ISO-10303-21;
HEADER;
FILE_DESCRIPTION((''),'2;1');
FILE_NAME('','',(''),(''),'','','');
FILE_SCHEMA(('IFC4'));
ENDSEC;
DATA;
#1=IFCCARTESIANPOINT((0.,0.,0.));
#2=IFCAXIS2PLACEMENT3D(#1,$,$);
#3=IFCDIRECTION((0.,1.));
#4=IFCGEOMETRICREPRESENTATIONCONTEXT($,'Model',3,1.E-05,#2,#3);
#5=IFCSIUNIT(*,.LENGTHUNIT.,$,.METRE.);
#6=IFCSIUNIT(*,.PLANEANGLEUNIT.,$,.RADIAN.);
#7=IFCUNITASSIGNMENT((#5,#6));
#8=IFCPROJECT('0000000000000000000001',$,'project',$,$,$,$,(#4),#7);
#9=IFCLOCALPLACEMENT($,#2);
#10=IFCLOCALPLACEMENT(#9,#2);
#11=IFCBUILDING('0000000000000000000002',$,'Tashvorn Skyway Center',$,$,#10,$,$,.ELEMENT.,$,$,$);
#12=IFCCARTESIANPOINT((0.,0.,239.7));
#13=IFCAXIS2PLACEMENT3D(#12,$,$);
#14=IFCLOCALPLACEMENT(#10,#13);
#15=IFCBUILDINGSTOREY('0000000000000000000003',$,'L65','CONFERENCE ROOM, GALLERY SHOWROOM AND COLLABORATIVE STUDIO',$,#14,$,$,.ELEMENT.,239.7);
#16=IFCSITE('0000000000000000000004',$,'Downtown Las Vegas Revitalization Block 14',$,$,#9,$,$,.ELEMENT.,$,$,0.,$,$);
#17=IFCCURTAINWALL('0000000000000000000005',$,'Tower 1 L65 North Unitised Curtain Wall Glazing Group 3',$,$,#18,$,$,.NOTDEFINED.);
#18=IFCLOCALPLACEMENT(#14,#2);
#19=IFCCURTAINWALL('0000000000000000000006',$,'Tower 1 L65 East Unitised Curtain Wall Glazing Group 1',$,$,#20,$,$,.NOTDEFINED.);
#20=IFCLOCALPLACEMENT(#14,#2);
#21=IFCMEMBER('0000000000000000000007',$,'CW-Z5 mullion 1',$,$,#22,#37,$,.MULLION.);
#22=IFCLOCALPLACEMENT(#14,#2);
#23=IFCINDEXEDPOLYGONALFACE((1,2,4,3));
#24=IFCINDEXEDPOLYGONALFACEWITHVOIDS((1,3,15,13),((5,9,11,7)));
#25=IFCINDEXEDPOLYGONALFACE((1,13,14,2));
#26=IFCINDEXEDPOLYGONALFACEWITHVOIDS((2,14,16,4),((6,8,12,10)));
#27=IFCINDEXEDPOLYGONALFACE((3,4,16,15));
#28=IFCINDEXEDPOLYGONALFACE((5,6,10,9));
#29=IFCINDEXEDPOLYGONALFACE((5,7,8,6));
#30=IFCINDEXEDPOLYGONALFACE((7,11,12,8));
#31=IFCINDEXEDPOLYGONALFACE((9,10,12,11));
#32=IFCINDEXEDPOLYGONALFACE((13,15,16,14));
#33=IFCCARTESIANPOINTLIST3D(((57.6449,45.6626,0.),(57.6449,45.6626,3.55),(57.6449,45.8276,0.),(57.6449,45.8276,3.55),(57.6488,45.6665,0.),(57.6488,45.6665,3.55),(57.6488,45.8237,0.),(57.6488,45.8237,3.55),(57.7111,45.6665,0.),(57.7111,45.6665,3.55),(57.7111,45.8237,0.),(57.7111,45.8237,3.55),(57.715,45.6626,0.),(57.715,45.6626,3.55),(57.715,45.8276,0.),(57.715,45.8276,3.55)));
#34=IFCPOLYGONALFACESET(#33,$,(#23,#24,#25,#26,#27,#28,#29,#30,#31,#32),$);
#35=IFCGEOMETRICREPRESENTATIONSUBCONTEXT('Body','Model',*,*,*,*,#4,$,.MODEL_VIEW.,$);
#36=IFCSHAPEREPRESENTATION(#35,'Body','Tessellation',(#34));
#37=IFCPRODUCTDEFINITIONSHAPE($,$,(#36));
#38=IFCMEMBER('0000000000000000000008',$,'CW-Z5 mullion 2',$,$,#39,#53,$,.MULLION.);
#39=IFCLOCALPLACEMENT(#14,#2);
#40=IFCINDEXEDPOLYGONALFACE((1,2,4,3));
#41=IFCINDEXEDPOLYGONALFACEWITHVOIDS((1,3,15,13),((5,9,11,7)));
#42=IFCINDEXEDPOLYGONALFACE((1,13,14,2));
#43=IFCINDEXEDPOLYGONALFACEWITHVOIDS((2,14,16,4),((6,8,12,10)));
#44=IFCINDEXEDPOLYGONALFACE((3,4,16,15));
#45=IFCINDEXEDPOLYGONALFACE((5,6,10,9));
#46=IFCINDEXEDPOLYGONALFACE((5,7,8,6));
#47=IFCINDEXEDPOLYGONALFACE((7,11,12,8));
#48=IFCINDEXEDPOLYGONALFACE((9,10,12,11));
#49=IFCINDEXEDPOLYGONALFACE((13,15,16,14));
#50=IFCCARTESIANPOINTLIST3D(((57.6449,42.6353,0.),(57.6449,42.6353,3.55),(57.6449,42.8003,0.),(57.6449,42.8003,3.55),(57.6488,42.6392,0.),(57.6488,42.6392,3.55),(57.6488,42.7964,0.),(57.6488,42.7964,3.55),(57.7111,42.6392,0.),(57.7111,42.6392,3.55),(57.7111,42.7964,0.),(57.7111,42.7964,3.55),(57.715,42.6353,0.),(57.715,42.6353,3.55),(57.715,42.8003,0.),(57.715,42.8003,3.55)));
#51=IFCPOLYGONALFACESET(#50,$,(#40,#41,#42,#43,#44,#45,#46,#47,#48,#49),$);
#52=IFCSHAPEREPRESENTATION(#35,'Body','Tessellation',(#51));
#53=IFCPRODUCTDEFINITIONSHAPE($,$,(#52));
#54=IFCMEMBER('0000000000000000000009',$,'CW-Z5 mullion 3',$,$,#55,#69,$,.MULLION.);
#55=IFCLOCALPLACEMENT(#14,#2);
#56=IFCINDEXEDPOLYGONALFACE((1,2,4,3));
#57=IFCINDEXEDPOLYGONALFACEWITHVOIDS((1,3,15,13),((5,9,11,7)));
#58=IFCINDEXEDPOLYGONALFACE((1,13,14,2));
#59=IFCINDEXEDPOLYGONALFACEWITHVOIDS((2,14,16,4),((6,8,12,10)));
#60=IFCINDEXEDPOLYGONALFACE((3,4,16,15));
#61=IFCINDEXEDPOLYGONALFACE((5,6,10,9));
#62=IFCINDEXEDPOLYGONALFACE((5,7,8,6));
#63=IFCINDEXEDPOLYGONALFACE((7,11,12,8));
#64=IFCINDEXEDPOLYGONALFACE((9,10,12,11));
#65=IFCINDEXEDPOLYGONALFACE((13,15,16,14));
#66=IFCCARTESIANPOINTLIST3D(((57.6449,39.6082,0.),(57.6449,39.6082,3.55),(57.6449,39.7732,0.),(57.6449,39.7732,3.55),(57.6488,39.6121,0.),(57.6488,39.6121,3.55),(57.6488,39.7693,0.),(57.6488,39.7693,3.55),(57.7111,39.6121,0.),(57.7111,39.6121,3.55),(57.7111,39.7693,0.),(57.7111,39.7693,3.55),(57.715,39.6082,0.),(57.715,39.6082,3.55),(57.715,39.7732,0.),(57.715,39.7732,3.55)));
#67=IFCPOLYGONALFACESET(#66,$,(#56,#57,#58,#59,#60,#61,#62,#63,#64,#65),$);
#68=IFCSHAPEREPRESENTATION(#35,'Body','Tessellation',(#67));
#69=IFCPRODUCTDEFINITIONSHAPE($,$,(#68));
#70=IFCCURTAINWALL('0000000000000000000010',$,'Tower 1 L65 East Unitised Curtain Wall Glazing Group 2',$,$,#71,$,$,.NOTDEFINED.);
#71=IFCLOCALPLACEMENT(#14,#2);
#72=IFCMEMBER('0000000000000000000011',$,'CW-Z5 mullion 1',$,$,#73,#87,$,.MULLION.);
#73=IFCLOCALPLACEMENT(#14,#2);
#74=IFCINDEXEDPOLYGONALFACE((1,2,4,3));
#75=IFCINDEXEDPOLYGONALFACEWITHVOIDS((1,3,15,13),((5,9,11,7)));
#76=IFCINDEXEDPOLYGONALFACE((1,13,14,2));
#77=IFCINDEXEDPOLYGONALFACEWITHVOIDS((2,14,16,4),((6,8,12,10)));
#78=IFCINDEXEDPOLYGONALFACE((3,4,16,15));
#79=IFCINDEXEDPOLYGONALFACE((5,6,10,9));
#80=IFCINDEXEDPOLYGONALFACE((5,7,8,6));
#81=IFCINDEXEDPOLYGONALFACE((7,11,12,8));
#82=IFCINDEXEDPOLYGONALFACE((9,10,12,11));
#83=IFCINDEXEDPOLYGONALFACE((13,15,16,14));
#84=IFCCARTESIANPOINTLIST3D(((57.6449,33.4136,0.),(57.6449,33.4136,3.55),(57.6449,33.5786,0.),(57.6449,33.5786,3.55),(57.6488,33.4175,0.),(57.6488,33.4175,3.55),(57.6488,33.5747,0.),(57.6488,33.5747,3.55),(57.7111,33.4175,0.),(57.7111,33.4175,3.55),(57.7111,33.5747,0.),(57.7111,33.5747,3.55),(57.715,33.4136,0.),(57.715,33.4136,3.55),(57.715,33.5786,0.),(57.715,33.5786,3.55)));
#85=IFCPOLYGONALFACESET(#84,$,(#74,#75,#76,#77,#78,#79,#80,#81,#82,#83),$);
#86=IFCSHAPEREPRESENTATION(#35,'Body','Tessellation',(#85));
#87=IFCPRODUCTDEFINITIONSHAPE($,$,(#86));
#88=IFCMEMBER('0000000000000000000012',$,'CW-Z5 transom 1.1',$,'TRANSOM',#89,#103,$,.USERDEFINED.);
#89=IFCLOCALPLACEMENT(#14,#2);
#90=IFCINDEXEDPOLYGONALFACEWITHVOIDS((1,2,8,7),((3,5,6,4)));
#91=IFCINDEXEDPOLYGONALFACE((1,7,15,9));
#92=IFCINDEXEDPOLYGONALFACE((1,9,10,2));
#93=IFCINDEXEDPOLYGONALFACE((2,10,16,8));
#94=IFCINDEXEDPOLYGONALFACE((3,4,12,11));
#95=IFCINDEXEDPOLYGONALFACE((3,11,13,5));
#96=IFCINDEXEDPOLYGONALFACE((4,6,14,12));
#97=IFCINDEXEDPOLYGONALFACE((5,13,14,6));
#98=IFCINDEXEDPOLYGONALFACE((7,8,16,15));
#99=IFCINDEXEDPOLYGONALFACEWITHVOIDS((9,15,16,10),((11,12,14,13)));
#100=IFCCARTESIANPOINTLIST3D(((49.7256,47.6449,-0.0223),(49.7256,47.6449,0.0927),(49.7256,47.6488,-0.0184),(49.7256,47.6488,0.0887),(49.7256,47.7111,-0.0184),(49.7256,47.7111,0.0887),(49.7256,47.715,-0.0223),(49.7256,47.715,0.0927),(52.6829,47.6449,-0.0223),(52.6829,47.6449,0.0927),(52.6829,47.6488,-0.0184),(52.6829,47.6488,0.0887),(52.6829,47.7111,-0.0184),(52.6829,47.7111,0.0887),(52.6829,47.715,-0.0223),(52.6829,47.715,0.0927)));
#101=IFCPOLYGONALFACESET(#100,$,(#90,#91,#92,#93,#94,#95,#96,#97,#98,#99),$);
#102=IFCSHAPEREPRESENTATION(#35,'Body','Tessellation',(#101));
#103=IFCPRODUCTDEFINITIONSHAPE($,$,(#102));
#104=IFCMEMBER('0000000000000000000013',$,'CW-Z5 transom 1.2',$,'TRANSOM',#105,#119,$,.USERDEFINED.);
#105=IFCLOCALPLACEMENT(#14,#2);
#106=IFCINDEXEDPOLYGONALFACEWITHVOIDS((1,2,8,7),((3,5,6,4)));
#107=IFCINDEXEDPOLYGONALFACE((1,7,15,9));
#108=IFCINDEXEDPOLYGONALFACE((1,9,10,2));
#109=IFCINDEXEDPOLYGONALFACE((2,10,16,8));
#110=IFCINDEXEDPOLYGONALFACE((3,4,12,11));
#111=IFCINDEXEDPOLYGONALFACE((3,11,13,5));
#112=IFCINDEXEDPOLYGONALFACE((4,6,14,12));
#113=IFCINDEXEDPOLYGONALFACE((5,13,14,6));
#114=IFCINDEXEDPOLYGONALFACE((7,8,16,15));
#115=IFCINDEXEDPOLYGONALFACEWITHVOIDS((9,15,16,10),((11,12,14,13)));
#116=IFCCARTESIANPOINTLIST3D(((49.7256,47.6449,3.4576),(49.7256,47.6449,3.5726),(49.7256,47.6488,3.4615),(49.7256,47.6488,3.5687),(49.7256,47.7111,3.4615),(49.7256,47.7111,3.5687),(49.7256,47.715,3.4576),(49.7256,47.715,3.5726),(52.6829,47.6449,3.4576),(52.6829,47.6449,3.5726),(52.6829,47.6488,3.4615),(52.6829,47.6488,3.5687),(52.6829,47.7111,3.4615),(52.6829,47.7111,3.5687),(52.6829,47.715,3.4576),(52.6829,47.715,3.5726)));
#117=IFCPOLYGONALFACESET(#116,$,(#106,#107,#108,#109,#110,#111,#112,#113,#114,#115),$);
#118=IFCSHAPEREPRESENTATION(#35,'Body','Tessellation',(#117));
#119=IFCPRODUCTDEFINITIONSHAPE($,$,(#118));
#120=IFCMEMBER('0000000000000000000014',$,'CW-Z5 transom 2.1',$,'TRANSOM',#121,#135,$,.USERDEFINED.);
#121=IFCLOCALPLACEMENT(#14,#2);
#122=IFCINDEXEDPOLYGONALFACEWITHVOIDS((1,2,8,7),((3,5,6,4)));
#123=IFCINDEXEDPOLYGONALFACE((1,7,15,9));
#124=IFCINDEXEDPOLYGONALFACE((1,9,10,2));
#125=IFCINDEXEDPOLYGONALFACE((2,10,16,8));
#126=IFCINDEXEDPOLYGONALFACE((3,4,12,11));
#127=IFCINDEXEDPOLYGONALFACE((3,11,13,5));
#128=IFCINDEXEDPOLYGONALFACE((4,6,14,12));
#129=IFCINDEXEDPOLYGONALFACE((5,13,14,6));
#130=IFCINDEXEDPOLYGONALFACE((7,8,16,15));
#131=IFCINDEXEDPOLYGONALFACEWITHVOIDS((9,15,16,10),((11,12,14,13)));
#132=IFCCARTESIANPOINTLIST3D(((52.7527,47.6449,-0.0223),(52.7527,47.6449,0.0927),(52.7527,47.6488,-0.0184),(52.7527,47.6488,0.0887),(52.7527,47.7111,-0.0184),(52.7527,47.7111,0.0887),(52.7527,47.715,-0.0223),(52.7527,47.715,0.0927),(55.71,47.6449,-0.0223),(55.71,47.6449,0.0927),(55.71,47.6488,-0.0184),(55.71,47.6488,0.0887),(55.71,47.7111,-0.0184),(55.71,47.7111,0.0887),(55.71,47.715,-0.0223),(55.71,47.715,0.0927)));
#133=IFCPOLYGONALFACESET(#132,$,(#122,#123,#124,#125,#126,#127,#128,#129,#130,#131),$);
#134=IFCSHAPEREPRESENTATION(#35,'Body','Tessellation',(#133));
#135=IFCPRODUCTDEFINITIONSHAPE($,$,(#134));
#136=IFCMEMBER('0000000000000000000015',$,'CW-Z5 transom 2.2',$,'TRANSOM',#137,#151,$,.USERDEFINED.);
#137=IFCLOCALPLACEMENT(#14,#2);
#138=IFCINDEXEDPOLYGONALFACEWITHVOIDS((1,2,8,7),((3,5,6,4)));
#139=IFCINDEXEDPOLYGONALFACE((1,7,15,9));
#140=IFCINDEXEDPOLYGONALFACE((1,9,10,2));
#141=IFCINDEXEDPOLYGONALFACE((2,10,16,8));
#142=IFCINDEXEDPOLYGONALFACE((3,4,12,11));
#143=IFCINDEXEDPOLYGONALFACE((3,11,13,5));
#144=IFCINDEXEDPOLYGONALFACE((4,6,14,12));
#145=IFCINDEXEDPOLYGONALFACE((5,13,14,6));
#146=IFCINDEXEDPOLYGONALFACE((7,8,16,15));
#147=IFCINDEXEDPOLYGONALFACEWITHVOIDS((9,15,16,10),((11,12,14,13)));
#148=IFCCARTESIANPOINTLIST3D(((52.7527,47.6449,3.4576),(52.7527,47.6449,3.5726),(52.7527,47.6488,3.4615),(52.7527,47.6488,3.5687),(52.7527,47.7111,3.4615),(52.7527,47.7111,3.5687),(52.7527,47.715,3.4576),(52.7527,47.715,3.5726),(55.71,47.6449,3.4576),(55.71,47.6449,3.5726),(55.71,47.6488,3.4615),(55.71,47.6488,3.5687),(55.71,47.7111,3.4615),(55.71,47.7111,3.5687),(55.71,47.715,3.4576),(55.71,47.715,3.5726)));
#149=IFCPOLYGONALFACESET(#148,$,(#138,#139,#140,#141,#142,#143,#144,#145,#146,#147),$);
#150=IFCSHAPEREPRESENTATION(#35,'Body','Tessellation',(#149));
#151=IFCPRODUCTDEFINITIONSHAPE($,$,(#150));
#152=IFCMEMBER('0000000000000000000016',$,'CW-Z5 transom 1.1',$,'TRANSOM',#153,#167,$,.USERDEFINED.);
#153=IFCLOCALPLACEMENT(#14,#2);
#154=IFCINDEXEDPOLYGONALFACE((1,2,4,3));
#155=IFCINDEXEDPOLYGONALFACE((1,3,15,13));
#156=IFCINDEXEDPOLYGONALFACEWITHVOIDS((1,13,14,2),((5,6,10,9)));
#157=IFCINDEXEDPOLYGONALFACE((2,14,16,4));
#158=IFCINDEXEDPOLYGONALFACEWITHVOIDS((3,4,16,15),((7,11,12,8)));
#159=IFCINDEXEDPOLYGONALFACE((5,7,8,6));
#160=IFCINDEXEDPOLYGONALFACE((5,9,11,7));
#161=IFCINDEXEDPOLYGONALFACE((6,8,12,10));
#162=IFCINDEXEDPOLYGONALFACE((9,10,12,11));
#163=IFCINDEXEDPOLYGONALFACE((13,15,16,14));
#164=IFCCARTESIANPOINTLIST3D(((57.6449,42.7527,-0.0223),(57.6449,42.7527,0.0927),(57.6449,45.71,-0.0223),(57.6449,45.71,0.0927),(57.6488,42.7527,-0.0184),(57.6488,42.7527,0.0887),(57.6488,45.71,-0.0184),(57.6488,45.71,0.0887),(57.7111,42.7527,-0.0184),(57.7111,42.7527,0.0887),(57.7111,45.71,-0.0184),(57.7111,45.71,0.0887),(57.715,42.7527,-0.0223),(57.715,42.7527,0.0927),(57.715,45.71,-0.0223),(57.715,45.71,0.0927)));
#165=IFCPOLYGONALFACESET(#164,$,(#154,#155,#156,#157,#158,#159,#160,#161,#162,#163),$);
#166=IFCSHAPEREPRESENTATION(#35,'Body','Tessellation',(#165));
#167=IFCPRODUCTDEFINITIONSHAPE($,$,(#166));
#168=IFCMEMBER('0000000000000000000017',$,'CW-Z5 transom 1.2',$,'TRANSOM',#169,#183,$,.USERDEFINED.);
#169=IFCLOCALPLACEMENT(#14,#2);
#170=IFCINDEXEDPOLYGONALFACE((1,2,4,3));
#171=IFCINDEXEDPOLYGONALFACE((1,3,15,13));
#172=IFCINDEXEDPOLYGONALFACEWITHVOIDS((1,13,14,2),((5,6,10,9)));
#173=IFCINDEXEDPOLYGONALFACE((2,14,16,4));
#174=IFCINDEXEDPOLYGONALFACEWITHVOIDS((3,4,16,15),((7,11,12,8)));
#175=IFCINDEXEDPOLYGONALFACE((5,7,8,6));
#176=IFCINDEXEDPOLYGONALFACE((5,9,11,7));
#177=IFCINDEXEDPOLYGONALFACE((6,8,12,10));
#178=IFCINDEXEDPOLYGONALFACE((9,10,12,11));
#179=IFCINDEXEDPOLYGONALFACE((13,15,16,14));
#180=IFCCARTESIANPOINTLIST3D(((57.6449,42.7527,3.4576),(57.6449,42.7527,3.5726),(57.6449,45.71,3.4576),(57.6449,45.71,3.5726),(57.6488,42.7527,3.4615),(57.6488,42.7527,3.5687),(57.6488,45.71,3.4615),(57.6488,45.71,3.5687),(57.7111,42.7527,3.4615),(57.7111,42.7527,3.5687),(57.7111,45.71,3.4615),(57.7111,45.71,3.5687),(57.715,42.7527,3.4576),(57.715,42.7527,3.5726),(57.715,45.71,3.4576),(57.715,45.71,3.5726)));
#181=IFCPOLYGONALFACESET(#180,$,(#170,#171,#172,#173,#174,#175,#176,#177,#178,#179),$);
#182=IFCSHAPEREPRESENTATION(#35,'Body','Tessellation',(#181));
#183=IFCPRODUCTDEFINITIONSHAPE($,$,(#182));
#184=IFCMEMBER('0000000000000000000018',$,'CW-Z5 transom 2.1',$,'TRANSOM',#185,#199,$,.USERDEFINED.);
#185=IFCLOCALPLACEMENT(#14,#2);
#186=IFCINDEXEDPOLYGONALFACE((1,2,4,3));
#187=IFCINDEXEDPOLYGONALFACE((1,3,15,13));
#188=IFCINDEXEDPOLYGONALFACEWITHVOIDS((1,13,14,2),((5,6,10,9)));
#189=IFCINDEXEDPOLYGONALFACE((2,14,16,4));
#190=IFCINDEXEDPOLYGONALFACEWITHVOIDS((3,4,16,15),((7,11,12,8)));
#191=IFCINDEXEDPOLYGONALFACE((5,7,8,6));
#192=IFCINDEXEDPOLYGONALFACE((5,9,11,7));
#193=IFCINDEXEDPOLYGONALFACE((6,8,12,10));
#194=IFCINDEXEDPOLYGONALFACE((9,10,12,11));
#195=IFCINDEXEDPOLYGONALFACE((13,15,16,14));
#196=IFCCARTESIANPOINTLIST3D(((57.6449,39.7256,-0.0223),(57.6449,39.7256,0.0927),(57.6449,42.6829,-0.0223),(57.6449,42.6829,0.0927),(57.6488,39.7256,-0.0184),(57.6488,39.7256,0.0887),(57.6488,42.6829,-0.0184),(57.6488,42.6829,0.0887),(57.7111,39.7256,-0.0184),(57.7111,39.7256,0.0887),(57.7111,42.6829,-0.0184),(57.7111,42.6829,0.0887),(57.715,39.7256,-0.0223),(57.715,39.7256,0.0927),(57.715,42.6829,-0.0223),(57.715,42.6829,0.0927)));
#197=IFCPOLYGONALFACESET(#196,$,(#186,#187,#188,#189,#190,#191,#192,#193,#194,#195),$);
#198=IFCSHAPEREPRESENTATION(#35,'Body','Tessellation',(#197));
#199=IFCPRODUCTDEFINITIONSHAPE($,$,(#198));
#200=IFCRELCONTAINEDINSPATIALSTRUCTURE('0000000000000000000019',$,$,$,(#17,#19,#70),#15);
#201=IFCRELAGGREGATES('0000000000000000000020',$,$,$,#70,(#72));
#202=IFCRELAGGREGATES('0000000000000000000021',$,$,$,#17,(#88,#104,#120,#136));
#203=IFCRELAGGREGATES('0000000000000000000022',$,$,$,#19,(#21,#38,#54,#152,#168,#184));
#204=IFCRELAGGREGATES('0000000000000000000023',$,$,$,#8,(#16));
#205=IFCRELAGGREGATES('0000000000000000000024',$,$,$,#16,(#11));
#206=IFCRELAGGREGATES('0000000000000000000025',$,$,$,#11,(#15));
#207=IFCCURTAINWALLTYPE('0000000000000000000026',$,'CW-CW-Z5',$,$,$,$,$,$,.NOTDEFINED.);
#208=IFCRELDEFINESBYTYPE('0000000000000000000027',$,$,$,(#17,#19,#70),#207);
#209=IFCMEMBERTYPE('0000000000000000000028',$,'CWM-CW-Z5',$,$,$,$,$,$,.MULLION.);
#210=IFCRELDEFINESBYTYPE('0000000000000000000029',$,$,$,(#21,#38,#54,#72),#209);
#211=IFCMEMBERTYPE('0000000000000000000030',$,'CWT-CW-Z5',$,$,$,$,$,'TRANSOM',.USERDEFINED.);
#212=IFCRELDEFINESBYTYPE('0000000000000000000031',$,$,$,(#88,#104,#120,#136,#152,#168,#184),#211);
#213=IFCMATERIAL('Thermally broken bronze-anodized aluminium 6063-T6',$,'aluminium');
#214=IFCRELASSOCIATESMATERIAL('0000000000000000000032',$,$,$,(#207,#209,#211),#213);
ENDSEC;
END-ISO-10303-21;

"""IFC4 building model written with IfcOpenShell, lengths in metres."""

from ifc_helpers import new_model, si_unit, direction, frame, origin, origin_2d, place, context, subcontext, project, spatial, hollow_rectangle, extrude, material, material_profile, profile_set, type_object, element, aggregate, save


model = new_model("IFC4")

# Units and contexts
model_context = context("Model", 3, precision=1e-05, world=origin(), true_north=direction((0.0, 1.0)))
body_context = subcontext(model_context, "Body", "Model", "MODEL_VIEW")
ifc_project = project(units=[si_unit("LENGTHUNIT", "METRE"), si_unit("PLANEANGLEUNIT", "RADIAN")], contexts=[model_context])

# Site, building, storey
site_placement = place(None, origin())
site = spatial("IfcSite", under=ifc_project, at=site_placement, Name="Downtown Las Vegas Revitalization Block 14", CompositionType="ELEMENT", RefElevation=0.0)
building_placement = place(site_placement, origin())
building = spatial("IfcBuilding", under=site, at=building_placement, Name="Tashvorn Skyway Center", CompositionType="ELEMENT")
storey_placement = place(building_placement, frame((0.0, 0.0, 239.7)))
storey = spatial("IfcBuildingStorey", under=building, at=storey_placement, Name="L65", Description="CONFERENCE ROOM, GALLERY SHOWROOM AND COLLABORATIVE STUDIO", CompositionType="ELEMENT", Elevation=239.7)

# Curtain walls, members
ifc_material_1 = material(Name="Thermally broken bronze-anodized aluminium 6063-T6", Category="aluminium")
curtain_wall_type = type_object("IfcCurtainWallType", Name="CW-CW-Z5", PredefinedType="NOTDEFINED", material=ifc_material_1)
curtain_wall_1_placement = place(storey_placement, origin())
curtain_wall_1 = element("IfcCurtainWall", 1, at=curtain_wall_1_placement, inside=storey, type_object=curtain_wall_type, Name="Tower 1 L65 North Unitised Curtain Wall Glazing Group 3", PredefinedType="NOTDEFINED")
ifc_material_profile_1 = material_profile(ifc_material_1, hollow_rectangle(XDim=0.0701, YDim=0.165, WallThickness=0.0039, at=origin_2d()), Name="ALU-MULL-70x165")
ifc_profile_set_1 = profile_set([ifc_material_profile_1], Name="Thermally broken bronze-anodized aluminium 6063-T6")
member_type_1 = type_object("IfcMemberType", Name="CWM-CW-Z5", PredefinedType="MULLION", material=ifc_profile_set_1)
curtain_wall_2_placement = place(storey_placement, origin())
curtain_wall_2 = element("IfcCurtainWall", 2, at=curtain_wall_2_placement, inside=storey, type_object=curtain_wall_type, Name="Tower 1 L65 East Unitised Curtain Wall Glazing Group 1", PredefinedType="NOTDEFINED")
member_1_placement = place(storey_placement, frame((57.6799, 45.7451, 0.0), z_axis=(0.0, 0.0, 1.0), x_axis=(1.0, 0.0, 0.0)))
member_1 = element("IfcMember", 3, at=member_1_placement, type_object=member_type_1, Name="CW-Z5 mullion 1", PredefinedType="MULLION", context=body_context, shape_type="SweptSolid", body=[
    extrude(hollow_rectangle(XDim=0.0701, YDim=0.165, WallThickness=0.0039, at=origin_2d()), origin(), (0.0, 0.0, 1.0), 3.55),
])
member_2_placement = place(storey_placement, frame((57.6799, 42.7178, 0.0), z_axis=(0.0, 0.0, 1.0), x_axis=(1.0, 0.0, 0.0)))
member_2 = element("IfcMember", 4, at=member_2_placement, type_object=member_type_1, Name="CW-Z5 mullion 2", PredefinedType="MULLION", context=body_context, shape_type="SweptSolid", body=[
    extrude(hollow_rectangle(XDim=0.0701, YDim=0.165, WallThickness=0.0039, at=origin_2d()), origin(), (0.0, 0.0, 1.0), 3.55),
])
member_3_placement = place(storey_placement, frame((57.6799, 39.6907, 0.0), z_axis=(0.0, 0.0, 1.0), x_axis=(1.0, 0.0, 0.0)))
member_3 = element("IfcMember", 5, at=member_3_placement, type_object=member_type_1, Name="CW-Z5 mullion 3", PredefinedType="MULLION", context=body_context, shape_type="SweptSolid", body=[
    extrude(hollow_rectangle(XDim=0.0701, YDim=0.165, WallThickness=0.0039, at=origin_2d()), origin(), (0.0, 0.0, 1.0), 3.55),
])

# Curtain wall, member
curtain_wall_3_placement = place(storey_placement, origin())
curtain_wall_3 = element("IfcCurtainWall", 6, at=curtain_wall_3_placement, inside=storey, type_object=curtain_wall_type, Name="Tower 1 L65 East Unitised Curtain Wall Glazing Group 2", PredefinedType="NOTDEFINED")
member_4_placement = place(storey_placement, frame((57.6799, 33.4961, 0.0), z_axis=(0.0, 0.0, 1.0), x_axis=(1.0, 0.0, 0.0)))
member_4 = element("IfcMember", 7, at=member_4_placement, type_object=member_type_1, Name="CW-Z5 mullion 1", PredefinedType="MULLION", context=body_context, shape_type="SweptSolid", body=[
    extrude(hollow_rectangle(XDim=0.0701, YDim=0.165, WallThickness=0.0039, at=origin_2d()), origin(), (0.0, 0.0, 1.0), 3.55),
])

# Members
ifc_material_profile_2 = material_profile(ifc_material_1, hollow_rectangle(XDim=0.0701, YDim=0.115, WallThickness=0.0039, at=origin_2d()), Name="ALU-TRAN-70x115")
ifc_profile_set_2 = profile_set([ifc_material_profile_2], Name="Thermally broken bronze-anodized aluminium 6063-T6")
member_type_2 = type_object("IfcMemberType", Name="CWT-CW-Z5", ElementType="TRANSOM", PredefinedType="USERDEFINED", material=ifc_profile_set_2)
member_5_placement = place(storey_placement, frame((49.7256, 47.6799, 0.0352), z_axis=(1.0, 0.0, 0.0), x_axis=(0.0, 1.0, 0.0)))
member_5 = element("IfcMember", 8, at=member_5_placement, type_object=member_type_2, Name="CW-Z5 transom 1.1", ObjectType="TRANSOM", PredefinedType="USERDEFINED", context=body_context, shape_type="SweptSolid", body=[
    extrude(hollow_rectangle(XDim=0.0701, YDim=0.115, WallThickness=0.0039, at=origin_2d()), origin(), (0.0, 0.0, 1.0), 2.9573),
])
member_6_placement = place(storey_placement, frame((49.7256, 47.6799, 3.5151), z_axis=(1.0, 0.0, 0.0), x_axis=(0.0, 1.0, 0.0)))
member_6 = element("IfcMember", 9, at=member_6_placement, type_object=member_type_2, Name="CW-Z5 transom 1.2", ObjectType="TRANSOM", PredefinedType="USERDEFINED", context=body_context, shape_type="SweptSolid", body=[
    extrude(hollow_rectangle(XDim=0.0701, YDim=0.115, WallThickness=0.0039, at=origin_2d()), origin(), (0.0, 0.0, 1.0), 2.9573),
])
member_7_placement = place(storey_placement, frame((52.7527, 47.6799, 0.0352), z_axis=(1.0, 0.0, 0.0), x_axis=(0.0, 1.0, 0.0)))
member_7 = element("IfcMember", 10, at=member_7_placement, type_object=member_type_2, Name="CW-Z5 transom 2.1", ObjectType="TRANSOM", PredefinedType="USERDEFINED", context=body_context, shape_type="SweptSolid", body=[
    extrude(hollow_rectangle(XDim=0.0701, YDim=0.115, WallThickness=0.0039, at=origin_2d()), origin(), (0.0, 0.0, 1.0), 2.9573),
])
member_8_placement = place(storey_placement, frame((52.7527, 47.6799, 3.5151), z_axis=(1.0, 0.0, 0.0), x_axis=(0.0, 1.0, 0.0)))
member_8 = element("IfcMember", 11, at=member_8_placement, type_object=member_type_2, Name="CW-Z5 transom 2.2", ObjectType="TRANSOM", PredefinedType="USERDEFINED", context=body_context, shape_type="SweptSolid", body=[
    extrude(hollow_rectangle(XDim=0.0701, YDim=0.115, WallThickness=0.0039, at=origin_2d()), origin(), (0.0, 0.0, 1.0), 2.9573),
])
member_9_placement = place(storey_placement, frame((57.6799, 45.71, 0.0352), z_axis=(0.0, -1.0, 0.0), x_axis=(1.0, 0.0, 0.0)))
member_9 = element("IfcMember", 12, at=member_9_placement, type_object=member_type_2, Name="CW-Z5 transom 1.1", ObjectType="TRANSOM", PredefinedType="USERDEFINED", context=body_context, shape_type="SweptSolid", body=[
    extrude(hollow_rectangle(XDim=0.0701, YDim=0.115, WallThickness=0.0039, at=origin_2d()), origin(), (0.0, 0.0, 1.0), 2.9573),
])
member_10_placement = place(storey_placement, frame((57.6799, 45.71, 3.5151), z_axis=(0.0, -1.0, 0.0), x_axis=(1.0, 0.0, 0.0)))
member_10 = element("IfcMember", 13, at=member_10_placement, type_object=member_type_2, Name="CW-Z5 transom 1.2", ObjectType="TRANSOM", PredefinedType="USERDEFINED", context=body_context, shape_type="SweptSolid", body=[
    extrude(hollow_rectangle(XDim=0.0701, YDim=0.115, WallThickness=0.0039, at=origin_2d()), origin(), (0.0, 0.0, 1.0), 2.9573),
])
member_11_placement = place(storey_placement, frame((57.6799, 42.6829, 0.0352), z_axis=(0.0, -1.0, 0.0), x_axis=(1.0, 0.0, 0.0)))
member_11 = element("IfcMember", 14, at=member_11_placement, type_object=member_type_2, Name="CW-Z5 transom 2.1", ObjectType="TRANSOM", PredefinedType="USERDEFINED", context=body_context, shape_type="SweptSolid", body=[
    extrude(hollow_rectangle(XDim=0.0701, YDim=0.115, WallThickness=0.0039, at=origin_2d()), origin(), (0.0, 0.0, 1.0), 2.9573),
])
aggregate(curtain_wall_3, [member_4])

aggregate(curtain_wall_1, [member_5, member_6, member_7, member_8])
aggregate(curtain_wall_2, [member_1, member_2, member_3, member_9, member_10, member_11])

save(model, "model.ifc")
